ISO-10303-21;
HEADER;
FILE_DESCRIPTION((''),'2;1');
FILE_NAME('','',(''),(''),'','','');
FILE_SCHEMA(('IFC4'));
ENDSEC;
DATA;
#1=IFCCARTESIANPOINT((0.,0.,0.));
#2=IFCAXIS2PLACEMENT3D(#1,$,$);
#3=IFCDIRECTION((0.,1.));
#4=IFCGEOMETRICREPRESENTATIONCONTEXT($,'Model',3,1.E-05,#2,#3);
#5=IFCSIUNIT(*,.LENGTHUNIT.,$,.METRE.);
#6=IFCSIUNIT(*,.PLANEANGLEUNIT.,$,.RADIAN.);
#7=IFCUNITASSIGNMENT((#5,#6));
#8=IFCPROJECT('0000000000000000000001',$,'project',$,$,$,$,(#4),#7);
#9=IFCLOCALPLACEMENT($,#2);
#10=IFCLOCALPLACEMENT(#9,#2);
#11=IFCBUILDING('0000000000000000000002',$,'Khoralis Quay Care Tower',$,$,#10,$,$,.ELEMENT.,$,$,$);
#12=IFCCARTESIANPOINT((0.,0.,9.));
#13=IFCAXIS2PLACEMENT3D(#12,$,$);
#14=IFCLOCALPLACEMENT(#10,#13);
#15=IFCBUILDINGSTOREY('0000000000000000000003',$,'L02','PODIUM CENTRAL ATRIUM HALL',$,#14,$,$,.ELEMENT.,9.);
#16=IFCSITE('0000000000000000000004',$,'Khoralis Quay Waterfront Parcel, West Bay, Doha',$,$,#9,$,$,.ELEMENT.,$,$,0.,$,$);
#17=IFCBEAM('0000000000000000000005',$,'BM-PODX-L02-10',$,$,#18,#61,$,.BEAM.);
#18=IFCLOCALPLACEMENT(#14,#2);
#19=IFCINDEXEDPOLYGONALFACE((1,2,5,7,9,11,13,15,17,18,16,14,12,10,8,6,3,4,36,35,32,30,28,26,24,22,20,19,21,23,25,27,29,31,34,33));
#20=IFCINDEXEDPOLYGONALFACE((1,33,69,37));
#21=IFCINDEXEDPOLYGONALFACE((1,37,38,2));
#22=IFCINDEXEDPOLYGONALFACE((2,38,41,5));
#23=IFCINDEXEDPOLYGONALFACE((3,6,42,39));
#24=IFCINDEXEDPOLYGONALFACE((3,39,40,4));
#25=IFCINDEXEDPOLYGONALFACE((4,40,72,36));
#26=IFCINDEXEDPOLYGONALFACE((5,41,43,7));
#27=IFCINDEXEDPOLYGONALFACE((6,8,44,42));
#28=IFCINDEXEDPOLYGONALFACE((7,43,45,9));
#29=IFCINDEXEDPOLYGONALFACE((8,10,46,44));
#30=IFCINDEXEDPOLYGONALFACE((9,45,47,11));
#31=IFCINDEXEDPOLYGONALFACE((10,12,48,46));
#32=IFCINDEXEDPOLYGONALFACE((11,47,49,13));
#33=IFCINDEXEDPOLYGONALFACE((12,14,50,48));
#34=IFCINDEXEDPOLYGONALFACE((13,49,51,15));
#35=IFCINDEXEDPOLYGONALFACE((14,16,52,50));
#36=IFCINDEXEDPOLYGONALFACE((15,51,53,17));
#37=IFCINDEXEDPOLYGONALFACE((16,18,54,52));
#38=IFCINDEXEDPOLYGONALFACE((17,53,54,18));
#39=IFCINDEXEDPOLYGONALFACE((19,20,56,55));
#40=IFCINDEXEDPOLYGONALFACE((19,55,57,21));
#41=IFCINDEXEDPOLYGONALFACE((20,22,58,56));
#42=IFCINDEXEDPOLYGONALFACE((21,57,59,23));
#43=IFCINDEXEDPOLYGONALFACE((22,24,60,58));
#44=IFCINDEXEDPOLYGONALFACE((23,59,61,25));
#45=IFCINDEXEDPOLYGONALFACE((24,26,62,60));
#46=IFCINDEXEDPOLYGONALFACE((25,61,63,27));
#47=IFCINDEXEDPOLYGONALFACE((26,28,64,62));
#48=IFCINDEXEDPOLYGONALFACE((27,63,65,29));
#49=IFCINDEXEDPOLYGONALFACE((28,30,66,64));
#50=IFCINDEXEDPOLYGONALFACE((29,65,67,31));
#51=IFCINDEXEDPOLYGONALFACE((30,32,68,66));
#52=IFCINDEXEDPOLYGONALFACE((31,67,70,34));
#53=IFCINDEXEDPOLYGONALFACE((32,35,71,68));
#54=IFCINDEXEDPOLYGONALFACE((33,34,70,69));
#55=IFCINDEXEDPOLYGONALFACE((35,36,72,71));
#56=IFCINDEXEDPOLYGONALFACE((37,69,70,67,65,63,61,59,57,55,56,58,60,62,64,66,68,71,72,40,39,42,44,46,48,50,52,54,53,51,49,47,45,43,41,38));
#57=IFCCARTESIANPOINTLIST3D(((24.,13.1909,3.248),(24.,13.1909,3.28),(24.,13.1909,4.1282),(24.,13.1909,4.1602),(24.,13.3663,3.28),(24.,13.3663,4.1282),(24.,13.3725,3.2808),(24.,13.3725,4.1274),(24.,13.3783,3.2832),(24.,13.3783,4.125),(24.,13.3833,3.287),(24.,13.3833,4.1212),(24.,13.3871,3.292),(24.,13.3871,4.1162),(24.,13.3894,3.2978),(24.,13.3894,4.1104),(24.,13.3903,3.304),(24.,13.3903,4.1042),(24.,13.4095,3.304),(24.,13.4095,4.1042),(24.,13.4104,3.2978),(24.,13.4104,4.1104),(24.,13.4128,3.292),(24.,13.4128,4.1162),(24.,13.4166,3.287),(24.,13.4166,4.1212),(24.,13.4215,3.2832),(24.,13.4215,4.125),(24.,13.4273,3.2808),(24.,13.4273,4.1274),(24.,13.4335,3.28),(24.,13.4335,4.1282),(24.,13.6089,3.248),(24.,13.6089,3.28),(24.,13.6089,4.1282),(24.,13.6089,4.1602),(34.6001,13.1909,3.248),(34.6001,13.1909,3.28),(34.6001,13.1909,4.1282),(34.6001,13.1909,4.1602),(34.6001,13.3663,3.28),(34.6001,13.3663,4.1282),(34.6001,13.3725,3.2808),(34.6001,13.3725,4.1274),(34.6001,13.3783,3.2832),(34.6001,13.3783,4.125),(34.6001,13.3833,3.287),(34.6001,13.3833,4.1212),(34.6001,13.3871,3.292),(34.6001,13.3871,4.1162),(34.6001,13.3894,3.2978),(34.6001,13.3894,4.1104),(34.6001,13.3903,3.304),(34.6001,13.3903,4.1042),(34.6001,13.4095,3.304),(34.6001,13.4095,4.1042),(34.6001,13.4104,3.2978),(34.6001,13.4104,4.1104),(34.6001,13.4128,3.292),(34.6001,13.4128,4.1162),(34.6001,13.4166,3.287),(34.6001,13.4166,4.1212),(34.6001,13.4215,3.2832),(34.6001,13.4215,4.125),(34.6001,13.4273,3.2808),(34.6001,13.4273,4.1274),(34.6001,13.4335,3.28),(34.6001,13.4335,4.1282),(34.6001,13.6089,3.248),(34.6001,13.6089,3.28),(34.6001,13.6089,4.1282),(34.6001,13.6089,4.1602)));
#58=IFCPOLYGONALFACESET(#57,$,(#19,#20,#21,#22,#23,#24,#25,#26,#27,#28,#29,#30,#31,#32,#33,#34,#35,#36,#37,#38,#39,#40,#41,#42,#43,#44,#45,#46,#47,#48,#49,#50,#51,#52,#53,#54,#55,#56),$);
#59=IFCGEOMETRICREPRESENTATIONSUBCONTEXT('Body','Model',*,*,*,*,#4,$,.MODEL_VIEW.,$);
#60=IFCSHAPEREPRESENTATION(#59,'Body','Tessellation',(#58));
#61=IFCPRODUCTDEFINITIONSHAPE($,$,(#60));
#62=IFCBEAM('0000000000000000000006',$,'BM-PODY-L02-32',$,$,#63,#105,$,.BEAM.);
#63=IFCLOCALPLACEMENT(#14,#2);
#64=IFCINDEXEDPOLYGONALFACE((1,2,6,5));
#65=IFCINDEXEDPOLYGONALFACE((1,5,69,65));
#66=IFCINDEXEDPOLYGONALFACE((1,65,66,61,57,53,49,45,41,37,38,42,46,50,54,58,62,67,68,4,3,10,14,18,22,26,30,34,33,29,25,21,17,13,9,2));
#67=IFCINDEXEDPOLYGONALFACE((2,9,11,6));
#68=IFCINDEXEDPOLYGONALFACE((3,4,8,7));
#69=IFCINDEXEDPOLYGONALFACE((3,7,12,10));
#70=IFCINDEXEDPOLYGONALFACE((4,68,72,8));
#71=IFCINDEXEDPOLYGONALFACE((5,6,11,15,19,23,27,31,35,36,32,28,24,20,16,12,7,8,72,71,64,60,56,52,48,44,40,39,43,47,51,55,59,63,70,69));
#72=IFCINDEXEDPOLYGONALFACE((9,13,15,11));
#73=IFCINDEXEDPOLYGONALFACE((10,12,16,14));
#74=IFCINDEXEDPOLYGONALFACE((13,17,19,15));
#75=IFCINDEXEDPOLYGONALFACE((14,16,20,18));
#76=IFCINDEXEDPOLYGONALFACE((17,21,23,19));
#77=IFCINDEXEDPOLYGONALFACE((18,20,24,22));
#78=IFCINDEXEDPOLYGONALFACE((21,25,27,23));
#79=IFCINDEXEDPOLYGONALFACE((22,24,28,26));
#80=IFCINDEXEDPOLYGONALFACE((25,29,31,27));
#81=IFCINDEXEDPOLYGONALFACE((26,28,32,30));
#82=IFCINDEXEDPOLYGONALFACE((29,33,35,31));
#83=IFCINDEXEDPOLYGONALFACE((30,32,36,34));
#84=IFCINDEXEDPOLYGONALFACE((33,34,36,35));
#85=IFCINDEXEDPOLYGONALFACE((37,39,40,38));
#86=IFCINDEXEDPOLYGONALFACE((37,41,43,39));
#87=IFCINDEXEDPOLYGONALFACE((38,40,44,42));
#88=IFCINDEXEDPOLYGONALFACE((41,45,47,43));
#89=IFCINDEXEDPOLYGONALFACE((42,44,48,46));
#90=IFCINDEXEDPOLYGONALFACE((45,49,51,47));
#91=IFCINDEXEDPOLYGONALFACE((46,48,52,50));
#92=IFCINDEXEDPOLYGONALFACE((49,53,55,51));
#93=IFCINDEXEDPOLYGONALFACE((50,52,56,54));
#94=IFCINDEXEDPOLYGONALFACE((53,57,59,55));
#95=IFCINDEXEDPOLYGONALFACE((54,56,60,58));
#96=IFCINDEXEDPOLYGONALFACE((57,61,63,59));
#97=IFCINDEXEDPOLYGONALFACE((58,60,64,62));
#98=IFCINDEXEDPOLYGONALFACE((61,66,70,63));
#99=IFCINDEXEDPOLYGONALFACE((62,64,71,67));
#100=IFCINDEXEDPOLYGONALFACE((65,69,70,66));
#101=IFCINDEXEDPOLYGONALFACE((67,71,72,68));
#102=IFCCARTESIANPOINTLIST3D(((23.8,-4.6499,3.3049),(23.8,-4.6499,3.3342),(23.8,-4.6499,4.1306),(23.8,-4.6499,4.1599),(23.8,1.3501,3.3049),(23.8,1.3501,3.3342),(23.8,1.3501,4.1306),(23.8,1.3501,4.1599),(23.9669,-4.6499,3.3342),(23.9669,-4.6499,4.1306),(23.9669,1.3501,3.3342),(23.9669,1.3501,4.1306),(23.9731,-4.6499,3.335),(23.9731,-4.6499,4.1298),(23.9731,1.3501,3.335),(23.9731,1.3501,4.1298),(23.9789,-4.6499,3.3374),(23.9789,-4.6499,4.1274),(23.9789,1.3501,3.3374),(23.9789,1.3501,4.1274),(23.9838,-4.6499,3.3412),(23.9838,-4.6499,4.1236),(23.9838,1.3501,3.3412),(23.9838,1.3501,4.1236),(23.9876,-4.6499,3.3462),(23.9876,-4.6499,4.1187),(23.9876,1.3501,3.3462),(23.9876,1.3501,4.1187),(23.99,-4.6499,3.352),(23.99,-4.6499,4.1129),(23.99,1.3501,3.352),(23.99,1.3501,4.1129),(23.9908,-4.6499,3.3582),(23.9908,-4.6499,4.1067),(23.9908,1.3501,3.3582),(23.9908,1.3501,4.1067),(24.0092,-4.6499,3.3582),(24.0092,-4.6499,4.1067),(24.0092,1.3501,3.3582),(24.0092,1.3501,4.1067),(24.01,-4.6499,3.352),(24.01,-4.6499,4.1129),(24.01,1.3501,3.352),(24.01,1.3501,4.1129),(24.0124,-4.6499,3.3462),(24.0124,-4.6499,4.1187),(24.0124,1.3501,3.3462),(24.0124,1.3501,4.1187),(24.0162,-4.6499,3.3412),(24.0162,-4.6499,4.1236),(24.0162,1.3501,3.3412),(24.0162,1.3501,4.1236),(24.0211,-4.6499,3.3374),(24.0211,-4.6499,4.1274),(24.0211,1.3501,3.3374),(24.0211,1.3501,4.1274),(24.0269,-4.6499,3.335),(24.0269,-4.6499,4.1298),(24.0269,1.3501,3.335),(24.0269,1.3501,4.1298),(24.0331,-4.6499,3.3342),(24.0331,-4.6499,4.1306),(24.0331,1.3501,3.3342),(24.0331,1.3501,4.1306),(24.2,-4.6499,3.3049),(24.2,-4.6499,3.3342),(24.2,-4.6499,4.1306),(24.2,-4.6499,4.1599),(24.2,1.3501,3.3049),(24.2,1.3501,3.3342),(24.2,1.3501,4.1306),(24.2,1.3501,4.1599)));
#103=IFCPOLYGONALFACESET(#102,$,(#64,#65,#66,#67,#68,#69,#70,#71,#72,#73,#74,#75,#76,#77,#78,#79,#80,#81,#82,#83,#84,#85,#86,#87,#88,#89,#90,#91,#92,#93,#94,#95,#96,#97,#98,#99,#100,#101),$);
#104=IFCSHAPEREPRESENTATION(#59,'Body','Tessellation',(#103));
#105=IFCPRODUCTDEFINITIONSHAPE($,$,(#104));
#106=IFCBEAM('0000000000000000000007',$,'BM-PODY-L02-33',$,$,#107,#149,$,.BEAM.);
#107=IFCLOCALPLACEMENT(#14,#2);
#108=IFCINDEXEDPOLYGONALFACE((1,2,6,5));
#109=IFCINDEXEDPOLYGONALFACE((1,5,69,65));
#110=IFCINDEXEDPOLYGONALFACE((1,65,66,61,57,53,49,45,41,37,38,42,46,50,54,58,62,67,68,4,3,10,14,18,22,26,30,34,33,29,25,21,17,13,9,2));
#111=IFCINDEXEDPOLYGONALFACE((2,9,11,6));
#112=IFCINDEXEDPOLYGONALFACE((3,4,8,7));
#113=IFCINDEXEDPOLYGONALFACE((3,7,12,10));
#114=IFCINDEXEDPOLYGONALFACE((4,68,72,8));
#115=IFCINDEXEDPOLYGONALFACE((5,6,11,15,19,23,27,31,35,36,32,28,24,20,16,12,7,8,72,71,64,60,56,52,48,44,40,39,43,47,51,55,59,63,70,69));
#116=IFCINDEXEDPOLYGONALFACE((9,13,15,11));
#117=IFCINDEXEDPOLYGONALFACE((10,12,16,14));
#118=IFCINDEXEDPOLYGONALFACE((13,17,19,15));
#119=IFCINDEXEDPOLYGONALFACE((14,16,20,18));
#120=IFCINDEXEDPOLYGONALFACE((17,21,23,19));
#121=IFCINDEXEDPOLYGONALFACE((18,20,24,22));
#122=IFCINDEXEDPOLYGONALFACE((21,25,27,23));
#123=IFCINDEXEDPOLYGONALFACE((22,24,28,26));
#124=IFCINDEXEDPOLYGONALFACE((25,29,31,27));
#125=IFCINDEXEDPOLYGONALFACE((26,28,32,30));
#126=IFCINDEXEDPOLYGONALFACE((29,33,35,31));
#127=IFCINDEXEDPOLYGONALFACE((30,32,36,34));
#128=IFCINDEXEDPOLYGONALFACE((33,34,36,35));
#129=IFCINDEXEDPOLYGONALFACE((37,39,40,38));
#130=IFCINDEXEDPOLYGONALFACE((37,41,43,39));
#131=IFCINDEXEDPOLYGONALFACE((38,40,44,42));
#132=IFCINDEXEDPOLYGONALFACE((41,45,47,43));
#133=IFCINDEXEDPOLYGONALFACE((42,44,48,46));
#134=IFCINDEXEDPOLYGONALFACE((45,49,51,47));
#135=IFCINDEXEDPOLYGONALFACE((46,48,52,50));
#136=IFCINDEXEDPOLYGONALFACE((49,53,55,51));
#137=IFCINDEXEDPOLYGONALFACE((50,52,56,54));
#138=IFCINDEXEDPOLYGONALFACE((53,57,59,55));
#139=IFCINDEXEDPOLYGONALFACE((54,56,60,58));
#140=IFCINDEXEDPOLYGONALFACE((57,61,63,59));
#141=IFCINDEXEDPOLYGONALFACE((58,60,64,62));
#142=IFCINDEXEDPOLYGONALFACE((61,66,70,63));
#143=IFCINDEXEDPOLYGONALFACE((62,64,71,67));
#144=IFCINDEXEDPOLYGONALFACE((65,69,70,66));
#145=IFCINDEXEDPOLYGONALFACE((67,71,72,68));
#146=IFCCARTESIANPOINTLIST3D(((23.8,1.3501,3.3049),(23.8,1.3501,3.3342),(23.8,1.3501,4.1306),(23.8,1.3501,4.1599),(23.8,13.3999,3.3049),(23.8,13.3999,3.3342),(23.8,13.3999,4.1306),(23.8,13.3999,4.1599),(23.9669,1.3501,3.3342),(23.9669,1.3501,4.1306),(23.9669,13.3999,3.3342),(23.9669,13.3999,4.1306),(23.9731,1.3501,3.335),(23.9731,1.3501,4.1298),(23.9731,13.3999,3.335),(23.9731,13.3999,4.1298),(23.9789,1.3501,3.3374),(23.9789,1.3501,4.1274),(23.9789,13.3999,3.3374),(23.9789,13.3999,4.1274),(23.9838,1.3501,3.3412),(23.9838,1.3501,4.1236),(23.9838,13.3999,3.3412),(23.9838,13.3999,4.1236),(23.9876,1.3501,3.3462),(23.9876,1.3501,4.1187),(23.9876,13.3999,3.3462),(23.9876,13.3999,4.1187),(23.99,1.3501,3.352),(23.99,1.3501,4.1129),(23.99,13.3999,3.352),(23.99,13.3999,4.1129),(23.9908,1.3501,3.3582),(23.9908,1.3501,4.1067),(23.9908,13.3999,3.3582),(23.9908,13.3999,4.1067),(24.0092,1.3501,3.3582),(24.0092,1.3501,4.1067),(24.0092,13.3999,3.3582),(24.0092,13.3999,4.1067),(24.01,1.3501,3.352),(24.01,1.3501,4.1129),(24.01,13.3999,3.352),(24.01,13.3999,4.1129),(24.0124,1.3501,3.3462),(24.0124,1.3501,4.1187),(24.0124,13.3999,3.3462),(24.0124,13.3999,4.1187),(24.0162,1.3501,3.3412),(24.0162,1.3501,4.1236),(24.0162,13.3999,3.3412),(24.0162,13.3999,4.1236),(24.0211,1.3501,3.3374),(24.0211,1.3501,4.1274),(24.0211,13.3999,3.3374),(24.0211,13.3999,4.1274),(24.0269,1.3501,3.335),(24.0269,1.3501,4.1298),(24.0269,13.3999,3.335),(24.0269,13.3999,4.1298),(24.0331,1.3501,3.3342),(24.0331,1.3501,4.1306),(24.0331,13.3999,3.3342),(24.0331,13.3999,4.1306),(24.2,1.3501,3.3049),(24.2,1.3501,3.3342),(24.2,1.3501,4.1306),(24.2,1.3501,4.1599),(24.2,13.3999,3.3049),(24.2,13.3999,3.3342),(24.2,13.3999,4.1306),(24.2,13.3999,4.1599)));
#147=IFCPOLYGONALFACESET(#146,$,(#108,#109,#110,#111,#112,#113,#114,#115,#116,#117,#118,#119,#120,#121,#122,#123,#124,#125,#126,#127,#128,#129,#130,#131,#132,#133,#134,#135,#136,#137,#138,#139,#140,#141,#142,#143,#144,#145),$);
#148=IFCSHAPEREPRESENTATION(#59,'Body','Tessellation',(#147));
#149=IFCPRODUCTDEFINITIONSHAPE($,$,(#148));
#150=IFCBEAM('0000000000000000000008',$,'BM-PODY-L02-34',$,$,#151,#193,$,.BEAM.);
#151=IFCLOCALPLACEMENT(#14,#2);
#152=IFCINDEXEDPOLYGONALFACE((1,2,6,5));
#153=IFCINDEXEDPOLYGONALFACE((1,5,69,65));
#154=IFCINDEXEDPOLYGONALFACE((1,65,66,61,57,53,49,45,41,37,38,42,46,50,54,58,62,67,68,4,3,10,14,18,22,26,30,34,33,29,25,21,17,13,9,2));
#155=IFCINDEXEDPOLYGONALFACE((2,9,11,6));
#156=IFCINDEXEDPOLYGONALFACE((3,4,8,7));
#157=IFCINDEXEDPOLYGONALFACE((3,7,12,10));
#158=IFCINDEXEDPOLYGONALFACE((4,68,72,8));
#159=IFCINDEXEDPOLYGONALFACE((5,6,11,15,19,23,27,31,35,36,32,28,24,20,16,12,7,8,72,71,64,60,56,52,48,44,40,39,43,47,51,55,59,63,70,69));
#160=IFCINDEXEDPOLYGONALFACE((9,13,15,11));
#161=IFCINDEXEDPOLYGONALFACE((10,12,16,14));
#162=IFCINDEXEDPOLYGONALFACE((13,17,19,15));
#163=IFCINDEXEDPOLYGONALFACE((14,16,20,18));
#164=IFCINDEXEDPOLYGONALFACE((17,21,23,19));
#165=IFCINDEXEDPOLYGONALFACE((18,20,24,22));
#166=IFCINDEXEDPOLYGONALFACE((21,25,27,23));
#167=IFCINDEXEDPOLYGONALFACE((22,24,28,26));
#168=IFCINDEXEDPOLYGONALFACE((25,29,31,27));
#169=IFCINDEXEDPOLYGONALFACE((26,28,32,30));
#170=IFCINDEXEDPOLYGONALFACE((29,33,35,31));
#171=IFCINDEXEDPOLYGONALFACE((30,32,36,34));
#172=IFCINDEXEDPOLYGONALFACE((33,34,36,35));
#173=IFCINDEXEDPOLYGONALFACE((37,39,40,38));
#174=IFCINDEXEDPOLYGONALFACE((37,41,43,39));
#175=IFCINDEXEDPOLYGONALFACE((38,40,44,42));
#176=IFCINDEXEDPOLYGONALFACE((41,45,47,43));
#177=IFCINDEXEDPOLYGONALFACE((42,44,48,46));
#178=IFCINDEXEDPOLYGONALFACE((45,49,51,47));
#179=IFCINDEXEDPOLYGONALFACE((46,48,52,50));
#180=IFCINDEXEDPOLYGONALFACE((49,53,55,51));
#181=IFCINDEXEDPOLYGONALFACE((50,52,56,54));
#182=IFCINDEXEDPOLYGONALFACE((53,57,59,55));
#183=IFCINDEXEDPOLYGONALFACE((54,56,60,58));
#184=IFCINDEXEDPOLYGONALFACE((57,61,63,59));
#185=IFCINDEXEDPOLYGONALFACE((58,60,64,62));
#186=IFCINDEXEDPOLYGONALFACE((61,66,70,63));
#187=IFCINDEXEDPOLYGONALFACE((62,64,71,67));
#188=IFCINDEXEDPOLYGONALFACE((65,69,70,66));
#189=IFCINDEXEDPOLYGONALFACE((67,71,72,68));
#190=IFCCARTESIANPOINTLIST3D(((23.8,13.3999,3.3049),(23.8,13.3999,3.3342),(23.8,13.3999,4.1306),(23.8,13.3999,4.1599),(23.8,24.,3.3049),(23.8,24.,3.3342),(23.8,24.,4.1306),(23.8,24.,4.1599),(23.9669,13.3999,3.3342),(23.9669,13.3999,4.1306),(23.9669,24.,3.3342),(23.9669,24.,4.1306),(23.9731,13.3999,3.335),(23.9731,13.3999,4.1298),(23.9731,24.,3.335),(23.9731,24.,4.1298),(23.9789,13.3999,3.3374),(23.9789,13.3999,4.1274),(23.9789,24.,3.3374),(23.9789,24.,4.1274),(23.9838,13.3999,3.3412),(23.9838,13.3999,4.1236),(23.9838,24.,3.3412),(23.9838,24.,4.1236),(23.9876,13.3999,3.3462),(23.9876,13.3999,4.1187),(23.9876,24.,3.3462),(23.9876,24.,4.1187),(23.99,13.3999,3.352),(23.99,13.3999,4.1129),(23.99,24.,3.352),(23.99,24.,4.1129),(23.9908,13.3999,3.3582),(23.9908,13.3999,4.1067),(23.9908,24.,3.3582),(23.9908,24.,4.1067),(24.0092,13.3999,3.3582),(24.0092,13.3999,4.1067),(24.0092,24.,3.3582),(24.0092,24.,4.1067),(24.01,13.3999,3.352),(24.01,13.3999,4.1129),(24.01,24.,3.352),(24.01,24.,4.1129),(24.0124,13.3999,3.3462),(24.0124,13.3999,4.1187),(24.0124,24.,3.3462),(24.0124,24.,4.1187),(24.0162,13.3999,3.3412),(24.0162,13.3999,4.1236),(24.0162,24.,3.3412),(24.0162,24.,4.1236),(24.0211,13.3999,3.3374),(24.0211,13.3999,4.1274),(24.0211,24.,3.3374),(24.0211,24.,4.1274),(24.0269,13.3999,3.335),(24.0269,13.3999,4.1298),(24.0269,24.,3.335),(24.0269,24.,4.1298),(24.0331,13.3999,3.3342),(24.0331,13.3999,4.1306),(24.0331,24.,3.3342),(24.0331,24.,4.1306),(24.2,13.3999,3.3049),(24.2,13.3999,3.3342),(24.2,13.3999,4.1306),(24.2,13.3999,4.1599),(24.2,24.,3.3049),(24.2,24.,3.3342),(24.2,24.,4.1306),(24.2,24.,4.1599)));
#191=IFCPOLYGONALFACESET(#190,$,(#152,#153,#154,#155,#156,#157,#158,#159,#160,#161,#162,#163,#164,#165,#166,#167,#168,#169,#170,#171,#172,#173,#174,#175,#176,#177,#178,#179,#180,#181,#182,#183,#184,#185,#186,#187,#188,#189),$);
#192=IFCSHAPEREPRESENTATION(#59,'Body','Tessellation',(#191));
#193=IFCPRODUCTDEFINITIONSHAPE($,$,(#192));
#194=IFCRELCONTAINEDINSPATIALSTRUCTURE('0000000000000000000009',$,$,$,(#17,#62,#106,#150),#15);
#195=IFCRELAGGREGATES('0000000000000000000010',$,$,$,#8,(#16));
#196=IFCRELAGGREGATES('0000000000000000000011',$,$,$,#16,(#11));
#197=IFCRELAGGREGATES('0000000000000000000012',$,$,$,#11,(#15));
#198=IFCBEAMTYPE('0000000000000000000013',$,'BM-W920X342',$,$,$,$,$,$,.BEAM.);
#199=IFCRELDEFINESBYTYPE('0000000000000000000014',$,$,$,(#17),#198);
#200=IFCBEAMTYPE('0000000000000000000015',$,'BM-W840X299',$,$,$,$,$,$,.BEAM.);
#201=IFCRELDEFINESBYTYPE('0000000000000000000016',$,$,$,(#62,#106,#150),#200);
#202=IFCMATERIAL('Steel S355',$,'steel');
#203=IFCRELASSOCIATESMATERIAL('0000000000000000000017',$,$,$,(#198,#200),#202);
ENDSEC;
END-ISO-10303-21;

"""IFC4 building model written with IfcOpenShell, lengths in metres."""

from ifc_helpers import new_model, si_unit, direction, frame, origin, origin_2d, place, context, subcontext, project, spatial, i_section, extrude, source, transform, mapped, material, material_profile, profile_set, type_object, element, save


model = new_model("IFC4")

# Units and contexts
model_context = context("Model", 3, precision=1e-05, world=origin(), true_north=direction((0.0, 1.0)))
body_context = subcontext(model_context, "Body", "Model", "MODEL_VIEW")
ifc_project = project(units=[si_unit("LENGTHUNIT", "METRE"), si_unit("PLANEANGLEUNIT", "RADIAN")], contexts=[model_context])

# Site, building, storey
site_placement = place(None, origin())
site = spatial("IfcSite", under=ifc_project, at=site_placement, Name="Khoralis Quay Waterfront Parcel, West Bay, Doha", CompositionType="ELEMENT", RefElevation=0.0)
building_placement = place(site_placement, origin())
building = spatial("IfcBuilding", under=site, at=building_placement, Name="Khoralis Quay Care Tower", CompositionType="ELEMENT")
storey_placement = place(building_placement, frame((0.0, 0.0, 9.0)))
storey = spatial("IfcBuildingStorey", under=building, at=storey_placement, Name="L02", Description="PODIUM CENTRAL ATRIUM HALL", CompositionType="ELEMENT", Elevation=9.0)

# Beams
ifc_material_1 = material(Name="Steel S355", Category="steel")
ifc_material_profile_1 = material_profile(ifc_material_1, i_section(OverallWidth=0.418, OverallDepth=0.9121, WebThickness=0.0193, FlangeThickness=0.032, FilletRadius=0.0239, at=origin_2d()), Name="Steel S355")
ifc_profile_set_1 = profile_set([ifc_material_profile_1], Name="Steel S355")
beam_type_1 = type_object("IfcBeamType", Name="BM-W920X342", PredefinedType="BEAM", material=ifc_profile_set_1)
shared_shape_1 = source(origin(), body_context, "Body", "SweptSolid", [
    extrude(i_section(OverallWidth=0.418, OverallDepth=0.9121, WebThickness=0.0193, FlangeThickness=0.032, FilletRadius=0.0239, at=origin_2d()), origin(), (0.0, 0.0, 1.0), 10.6001),
])
for number, where, z_axis, x_axis, name in (
    (1, (24.0, 13.3999, 3.7041), (1.0, 0.0, 0.0), (0.0, 1.0, 0.0), "BM-PODX-L02-10"),
):
    element("IfcBeam", number, at=place(storey_placement, frame(where, z_axis=z_axis, x_axis=x_axis)), inside=storey, type_object=beam_type_1, Name=name, PredefinedType="BEAM", context=body_context, shape_type="MappedRepresentation", body=[
        mapped(shared_shape_1, transform((0.0, 0.0, 0.0), scale=1.0)),
    ])
ifc_material_profile_2 = material_profile(ifc_material_1, i_section(OverallWidth=0.3999, OverallDepth=0.855, WebThickness=0.0183, FlangeThickness=0.0293, FilletRadius=0.0239, at=origin_2d()), Name="Steel S355")
ifc_profile_set_2 = profile_set([ifc_material_profile_2], Name="Steel S355")
beam_type_2 = type_object("IfcBeamType", Name="BM-W840X299", PredefinedType="BEAM", material=ifc_profile_set_2)
shared_shape_2 = source(origin(), body_context, "Body", "SweptSolid", [
    extrude(i_section(OverallWidth=0.3999, OverallDepth=0.855, WebThickness=0.0183, FlangeThickness=0.0293, FilletRadius=0.0239, at=origin_2d()), origin(), (0.0, 0.0, 1.0), 6.0),
])
beam_1_placement = place(storey_placement, frame((24.0, -4.6499, 3.7324), z_axis=(0.0, 1.0, 0.0), x_axis=(-1.0, 0.0, 0.0)))
element("IfcBeam", 2, at=beam_1_placement, inside=storey, type_object=beam_type_2, Name="BM-PODY-L02-32", PredefinedType="BEAM", context=body_context, shape_type="MappedRepresentation", body=[
    mapped(shared_shape_2, transform((0.0, 0.0, 0.0), scale=1.0)),
])
shared_shape_3 = source(origin(), body_context, "Body", "SweptSolid", [
    extrude(i_section(OverallWidth=0.3999, OverallDepth=0.855, WebThickness=0.0183, FlangeThickness=0.0293, FilletRadius=0.0239, at=origin_2d()), origin(), (0.0, 0.0, 1.0), 12.0498),
])
beam_2_placement = place(storey_placement, frame((24.0, 1.3501, 3.7324), z_axis=(0.0, 1.0, 0.0), x_axis=(-1.0, 0.0, 0.0)))
element("IfcBeam", 3, at=beam_2_placement, inside=storey, type_object=beam_type_2, Name="BM-PODY-L02-33", PredefinedType="BEAM", context=body_context, shape_type="MappedRepresentation", body=[
    mapped(shared_shape_3, transform((0.0, 0.0, 0.0), scale=1.0)),
])
shared_shape_4 = source(origin(), body_context, "Body", "SweptSolid", [
    extrude(i_section(OverallWidth=0.3999, OverallDepth=0.855, WebThickness=0.0183, FlangeThickness=0.0293, FilletRadius=0.0239, at=origin_2d()), origin(), (0.0, 0.0, 1.0), 10.6001),
])
beam_3_placement = place(storey_placement, frame((24.0, 13.3999, 3.7324), z_axis=(0.0, 1.0, 0.0), x_axis=(-1.0, 0.0, 0.0)))
element("IfcBeam", 4, at=beam_3_placement, inside=storey, type_object=beam_type_2, Name="BM-PODY-L02-34", PredefinedType="BEAM", context=body_context, shape_type="MappedRepresentation", body=[
    mapped(shared_shape_4, transform((0.0, 0.0, 0.0), scale=1.0)),
])

save(model, "model.ifc")
